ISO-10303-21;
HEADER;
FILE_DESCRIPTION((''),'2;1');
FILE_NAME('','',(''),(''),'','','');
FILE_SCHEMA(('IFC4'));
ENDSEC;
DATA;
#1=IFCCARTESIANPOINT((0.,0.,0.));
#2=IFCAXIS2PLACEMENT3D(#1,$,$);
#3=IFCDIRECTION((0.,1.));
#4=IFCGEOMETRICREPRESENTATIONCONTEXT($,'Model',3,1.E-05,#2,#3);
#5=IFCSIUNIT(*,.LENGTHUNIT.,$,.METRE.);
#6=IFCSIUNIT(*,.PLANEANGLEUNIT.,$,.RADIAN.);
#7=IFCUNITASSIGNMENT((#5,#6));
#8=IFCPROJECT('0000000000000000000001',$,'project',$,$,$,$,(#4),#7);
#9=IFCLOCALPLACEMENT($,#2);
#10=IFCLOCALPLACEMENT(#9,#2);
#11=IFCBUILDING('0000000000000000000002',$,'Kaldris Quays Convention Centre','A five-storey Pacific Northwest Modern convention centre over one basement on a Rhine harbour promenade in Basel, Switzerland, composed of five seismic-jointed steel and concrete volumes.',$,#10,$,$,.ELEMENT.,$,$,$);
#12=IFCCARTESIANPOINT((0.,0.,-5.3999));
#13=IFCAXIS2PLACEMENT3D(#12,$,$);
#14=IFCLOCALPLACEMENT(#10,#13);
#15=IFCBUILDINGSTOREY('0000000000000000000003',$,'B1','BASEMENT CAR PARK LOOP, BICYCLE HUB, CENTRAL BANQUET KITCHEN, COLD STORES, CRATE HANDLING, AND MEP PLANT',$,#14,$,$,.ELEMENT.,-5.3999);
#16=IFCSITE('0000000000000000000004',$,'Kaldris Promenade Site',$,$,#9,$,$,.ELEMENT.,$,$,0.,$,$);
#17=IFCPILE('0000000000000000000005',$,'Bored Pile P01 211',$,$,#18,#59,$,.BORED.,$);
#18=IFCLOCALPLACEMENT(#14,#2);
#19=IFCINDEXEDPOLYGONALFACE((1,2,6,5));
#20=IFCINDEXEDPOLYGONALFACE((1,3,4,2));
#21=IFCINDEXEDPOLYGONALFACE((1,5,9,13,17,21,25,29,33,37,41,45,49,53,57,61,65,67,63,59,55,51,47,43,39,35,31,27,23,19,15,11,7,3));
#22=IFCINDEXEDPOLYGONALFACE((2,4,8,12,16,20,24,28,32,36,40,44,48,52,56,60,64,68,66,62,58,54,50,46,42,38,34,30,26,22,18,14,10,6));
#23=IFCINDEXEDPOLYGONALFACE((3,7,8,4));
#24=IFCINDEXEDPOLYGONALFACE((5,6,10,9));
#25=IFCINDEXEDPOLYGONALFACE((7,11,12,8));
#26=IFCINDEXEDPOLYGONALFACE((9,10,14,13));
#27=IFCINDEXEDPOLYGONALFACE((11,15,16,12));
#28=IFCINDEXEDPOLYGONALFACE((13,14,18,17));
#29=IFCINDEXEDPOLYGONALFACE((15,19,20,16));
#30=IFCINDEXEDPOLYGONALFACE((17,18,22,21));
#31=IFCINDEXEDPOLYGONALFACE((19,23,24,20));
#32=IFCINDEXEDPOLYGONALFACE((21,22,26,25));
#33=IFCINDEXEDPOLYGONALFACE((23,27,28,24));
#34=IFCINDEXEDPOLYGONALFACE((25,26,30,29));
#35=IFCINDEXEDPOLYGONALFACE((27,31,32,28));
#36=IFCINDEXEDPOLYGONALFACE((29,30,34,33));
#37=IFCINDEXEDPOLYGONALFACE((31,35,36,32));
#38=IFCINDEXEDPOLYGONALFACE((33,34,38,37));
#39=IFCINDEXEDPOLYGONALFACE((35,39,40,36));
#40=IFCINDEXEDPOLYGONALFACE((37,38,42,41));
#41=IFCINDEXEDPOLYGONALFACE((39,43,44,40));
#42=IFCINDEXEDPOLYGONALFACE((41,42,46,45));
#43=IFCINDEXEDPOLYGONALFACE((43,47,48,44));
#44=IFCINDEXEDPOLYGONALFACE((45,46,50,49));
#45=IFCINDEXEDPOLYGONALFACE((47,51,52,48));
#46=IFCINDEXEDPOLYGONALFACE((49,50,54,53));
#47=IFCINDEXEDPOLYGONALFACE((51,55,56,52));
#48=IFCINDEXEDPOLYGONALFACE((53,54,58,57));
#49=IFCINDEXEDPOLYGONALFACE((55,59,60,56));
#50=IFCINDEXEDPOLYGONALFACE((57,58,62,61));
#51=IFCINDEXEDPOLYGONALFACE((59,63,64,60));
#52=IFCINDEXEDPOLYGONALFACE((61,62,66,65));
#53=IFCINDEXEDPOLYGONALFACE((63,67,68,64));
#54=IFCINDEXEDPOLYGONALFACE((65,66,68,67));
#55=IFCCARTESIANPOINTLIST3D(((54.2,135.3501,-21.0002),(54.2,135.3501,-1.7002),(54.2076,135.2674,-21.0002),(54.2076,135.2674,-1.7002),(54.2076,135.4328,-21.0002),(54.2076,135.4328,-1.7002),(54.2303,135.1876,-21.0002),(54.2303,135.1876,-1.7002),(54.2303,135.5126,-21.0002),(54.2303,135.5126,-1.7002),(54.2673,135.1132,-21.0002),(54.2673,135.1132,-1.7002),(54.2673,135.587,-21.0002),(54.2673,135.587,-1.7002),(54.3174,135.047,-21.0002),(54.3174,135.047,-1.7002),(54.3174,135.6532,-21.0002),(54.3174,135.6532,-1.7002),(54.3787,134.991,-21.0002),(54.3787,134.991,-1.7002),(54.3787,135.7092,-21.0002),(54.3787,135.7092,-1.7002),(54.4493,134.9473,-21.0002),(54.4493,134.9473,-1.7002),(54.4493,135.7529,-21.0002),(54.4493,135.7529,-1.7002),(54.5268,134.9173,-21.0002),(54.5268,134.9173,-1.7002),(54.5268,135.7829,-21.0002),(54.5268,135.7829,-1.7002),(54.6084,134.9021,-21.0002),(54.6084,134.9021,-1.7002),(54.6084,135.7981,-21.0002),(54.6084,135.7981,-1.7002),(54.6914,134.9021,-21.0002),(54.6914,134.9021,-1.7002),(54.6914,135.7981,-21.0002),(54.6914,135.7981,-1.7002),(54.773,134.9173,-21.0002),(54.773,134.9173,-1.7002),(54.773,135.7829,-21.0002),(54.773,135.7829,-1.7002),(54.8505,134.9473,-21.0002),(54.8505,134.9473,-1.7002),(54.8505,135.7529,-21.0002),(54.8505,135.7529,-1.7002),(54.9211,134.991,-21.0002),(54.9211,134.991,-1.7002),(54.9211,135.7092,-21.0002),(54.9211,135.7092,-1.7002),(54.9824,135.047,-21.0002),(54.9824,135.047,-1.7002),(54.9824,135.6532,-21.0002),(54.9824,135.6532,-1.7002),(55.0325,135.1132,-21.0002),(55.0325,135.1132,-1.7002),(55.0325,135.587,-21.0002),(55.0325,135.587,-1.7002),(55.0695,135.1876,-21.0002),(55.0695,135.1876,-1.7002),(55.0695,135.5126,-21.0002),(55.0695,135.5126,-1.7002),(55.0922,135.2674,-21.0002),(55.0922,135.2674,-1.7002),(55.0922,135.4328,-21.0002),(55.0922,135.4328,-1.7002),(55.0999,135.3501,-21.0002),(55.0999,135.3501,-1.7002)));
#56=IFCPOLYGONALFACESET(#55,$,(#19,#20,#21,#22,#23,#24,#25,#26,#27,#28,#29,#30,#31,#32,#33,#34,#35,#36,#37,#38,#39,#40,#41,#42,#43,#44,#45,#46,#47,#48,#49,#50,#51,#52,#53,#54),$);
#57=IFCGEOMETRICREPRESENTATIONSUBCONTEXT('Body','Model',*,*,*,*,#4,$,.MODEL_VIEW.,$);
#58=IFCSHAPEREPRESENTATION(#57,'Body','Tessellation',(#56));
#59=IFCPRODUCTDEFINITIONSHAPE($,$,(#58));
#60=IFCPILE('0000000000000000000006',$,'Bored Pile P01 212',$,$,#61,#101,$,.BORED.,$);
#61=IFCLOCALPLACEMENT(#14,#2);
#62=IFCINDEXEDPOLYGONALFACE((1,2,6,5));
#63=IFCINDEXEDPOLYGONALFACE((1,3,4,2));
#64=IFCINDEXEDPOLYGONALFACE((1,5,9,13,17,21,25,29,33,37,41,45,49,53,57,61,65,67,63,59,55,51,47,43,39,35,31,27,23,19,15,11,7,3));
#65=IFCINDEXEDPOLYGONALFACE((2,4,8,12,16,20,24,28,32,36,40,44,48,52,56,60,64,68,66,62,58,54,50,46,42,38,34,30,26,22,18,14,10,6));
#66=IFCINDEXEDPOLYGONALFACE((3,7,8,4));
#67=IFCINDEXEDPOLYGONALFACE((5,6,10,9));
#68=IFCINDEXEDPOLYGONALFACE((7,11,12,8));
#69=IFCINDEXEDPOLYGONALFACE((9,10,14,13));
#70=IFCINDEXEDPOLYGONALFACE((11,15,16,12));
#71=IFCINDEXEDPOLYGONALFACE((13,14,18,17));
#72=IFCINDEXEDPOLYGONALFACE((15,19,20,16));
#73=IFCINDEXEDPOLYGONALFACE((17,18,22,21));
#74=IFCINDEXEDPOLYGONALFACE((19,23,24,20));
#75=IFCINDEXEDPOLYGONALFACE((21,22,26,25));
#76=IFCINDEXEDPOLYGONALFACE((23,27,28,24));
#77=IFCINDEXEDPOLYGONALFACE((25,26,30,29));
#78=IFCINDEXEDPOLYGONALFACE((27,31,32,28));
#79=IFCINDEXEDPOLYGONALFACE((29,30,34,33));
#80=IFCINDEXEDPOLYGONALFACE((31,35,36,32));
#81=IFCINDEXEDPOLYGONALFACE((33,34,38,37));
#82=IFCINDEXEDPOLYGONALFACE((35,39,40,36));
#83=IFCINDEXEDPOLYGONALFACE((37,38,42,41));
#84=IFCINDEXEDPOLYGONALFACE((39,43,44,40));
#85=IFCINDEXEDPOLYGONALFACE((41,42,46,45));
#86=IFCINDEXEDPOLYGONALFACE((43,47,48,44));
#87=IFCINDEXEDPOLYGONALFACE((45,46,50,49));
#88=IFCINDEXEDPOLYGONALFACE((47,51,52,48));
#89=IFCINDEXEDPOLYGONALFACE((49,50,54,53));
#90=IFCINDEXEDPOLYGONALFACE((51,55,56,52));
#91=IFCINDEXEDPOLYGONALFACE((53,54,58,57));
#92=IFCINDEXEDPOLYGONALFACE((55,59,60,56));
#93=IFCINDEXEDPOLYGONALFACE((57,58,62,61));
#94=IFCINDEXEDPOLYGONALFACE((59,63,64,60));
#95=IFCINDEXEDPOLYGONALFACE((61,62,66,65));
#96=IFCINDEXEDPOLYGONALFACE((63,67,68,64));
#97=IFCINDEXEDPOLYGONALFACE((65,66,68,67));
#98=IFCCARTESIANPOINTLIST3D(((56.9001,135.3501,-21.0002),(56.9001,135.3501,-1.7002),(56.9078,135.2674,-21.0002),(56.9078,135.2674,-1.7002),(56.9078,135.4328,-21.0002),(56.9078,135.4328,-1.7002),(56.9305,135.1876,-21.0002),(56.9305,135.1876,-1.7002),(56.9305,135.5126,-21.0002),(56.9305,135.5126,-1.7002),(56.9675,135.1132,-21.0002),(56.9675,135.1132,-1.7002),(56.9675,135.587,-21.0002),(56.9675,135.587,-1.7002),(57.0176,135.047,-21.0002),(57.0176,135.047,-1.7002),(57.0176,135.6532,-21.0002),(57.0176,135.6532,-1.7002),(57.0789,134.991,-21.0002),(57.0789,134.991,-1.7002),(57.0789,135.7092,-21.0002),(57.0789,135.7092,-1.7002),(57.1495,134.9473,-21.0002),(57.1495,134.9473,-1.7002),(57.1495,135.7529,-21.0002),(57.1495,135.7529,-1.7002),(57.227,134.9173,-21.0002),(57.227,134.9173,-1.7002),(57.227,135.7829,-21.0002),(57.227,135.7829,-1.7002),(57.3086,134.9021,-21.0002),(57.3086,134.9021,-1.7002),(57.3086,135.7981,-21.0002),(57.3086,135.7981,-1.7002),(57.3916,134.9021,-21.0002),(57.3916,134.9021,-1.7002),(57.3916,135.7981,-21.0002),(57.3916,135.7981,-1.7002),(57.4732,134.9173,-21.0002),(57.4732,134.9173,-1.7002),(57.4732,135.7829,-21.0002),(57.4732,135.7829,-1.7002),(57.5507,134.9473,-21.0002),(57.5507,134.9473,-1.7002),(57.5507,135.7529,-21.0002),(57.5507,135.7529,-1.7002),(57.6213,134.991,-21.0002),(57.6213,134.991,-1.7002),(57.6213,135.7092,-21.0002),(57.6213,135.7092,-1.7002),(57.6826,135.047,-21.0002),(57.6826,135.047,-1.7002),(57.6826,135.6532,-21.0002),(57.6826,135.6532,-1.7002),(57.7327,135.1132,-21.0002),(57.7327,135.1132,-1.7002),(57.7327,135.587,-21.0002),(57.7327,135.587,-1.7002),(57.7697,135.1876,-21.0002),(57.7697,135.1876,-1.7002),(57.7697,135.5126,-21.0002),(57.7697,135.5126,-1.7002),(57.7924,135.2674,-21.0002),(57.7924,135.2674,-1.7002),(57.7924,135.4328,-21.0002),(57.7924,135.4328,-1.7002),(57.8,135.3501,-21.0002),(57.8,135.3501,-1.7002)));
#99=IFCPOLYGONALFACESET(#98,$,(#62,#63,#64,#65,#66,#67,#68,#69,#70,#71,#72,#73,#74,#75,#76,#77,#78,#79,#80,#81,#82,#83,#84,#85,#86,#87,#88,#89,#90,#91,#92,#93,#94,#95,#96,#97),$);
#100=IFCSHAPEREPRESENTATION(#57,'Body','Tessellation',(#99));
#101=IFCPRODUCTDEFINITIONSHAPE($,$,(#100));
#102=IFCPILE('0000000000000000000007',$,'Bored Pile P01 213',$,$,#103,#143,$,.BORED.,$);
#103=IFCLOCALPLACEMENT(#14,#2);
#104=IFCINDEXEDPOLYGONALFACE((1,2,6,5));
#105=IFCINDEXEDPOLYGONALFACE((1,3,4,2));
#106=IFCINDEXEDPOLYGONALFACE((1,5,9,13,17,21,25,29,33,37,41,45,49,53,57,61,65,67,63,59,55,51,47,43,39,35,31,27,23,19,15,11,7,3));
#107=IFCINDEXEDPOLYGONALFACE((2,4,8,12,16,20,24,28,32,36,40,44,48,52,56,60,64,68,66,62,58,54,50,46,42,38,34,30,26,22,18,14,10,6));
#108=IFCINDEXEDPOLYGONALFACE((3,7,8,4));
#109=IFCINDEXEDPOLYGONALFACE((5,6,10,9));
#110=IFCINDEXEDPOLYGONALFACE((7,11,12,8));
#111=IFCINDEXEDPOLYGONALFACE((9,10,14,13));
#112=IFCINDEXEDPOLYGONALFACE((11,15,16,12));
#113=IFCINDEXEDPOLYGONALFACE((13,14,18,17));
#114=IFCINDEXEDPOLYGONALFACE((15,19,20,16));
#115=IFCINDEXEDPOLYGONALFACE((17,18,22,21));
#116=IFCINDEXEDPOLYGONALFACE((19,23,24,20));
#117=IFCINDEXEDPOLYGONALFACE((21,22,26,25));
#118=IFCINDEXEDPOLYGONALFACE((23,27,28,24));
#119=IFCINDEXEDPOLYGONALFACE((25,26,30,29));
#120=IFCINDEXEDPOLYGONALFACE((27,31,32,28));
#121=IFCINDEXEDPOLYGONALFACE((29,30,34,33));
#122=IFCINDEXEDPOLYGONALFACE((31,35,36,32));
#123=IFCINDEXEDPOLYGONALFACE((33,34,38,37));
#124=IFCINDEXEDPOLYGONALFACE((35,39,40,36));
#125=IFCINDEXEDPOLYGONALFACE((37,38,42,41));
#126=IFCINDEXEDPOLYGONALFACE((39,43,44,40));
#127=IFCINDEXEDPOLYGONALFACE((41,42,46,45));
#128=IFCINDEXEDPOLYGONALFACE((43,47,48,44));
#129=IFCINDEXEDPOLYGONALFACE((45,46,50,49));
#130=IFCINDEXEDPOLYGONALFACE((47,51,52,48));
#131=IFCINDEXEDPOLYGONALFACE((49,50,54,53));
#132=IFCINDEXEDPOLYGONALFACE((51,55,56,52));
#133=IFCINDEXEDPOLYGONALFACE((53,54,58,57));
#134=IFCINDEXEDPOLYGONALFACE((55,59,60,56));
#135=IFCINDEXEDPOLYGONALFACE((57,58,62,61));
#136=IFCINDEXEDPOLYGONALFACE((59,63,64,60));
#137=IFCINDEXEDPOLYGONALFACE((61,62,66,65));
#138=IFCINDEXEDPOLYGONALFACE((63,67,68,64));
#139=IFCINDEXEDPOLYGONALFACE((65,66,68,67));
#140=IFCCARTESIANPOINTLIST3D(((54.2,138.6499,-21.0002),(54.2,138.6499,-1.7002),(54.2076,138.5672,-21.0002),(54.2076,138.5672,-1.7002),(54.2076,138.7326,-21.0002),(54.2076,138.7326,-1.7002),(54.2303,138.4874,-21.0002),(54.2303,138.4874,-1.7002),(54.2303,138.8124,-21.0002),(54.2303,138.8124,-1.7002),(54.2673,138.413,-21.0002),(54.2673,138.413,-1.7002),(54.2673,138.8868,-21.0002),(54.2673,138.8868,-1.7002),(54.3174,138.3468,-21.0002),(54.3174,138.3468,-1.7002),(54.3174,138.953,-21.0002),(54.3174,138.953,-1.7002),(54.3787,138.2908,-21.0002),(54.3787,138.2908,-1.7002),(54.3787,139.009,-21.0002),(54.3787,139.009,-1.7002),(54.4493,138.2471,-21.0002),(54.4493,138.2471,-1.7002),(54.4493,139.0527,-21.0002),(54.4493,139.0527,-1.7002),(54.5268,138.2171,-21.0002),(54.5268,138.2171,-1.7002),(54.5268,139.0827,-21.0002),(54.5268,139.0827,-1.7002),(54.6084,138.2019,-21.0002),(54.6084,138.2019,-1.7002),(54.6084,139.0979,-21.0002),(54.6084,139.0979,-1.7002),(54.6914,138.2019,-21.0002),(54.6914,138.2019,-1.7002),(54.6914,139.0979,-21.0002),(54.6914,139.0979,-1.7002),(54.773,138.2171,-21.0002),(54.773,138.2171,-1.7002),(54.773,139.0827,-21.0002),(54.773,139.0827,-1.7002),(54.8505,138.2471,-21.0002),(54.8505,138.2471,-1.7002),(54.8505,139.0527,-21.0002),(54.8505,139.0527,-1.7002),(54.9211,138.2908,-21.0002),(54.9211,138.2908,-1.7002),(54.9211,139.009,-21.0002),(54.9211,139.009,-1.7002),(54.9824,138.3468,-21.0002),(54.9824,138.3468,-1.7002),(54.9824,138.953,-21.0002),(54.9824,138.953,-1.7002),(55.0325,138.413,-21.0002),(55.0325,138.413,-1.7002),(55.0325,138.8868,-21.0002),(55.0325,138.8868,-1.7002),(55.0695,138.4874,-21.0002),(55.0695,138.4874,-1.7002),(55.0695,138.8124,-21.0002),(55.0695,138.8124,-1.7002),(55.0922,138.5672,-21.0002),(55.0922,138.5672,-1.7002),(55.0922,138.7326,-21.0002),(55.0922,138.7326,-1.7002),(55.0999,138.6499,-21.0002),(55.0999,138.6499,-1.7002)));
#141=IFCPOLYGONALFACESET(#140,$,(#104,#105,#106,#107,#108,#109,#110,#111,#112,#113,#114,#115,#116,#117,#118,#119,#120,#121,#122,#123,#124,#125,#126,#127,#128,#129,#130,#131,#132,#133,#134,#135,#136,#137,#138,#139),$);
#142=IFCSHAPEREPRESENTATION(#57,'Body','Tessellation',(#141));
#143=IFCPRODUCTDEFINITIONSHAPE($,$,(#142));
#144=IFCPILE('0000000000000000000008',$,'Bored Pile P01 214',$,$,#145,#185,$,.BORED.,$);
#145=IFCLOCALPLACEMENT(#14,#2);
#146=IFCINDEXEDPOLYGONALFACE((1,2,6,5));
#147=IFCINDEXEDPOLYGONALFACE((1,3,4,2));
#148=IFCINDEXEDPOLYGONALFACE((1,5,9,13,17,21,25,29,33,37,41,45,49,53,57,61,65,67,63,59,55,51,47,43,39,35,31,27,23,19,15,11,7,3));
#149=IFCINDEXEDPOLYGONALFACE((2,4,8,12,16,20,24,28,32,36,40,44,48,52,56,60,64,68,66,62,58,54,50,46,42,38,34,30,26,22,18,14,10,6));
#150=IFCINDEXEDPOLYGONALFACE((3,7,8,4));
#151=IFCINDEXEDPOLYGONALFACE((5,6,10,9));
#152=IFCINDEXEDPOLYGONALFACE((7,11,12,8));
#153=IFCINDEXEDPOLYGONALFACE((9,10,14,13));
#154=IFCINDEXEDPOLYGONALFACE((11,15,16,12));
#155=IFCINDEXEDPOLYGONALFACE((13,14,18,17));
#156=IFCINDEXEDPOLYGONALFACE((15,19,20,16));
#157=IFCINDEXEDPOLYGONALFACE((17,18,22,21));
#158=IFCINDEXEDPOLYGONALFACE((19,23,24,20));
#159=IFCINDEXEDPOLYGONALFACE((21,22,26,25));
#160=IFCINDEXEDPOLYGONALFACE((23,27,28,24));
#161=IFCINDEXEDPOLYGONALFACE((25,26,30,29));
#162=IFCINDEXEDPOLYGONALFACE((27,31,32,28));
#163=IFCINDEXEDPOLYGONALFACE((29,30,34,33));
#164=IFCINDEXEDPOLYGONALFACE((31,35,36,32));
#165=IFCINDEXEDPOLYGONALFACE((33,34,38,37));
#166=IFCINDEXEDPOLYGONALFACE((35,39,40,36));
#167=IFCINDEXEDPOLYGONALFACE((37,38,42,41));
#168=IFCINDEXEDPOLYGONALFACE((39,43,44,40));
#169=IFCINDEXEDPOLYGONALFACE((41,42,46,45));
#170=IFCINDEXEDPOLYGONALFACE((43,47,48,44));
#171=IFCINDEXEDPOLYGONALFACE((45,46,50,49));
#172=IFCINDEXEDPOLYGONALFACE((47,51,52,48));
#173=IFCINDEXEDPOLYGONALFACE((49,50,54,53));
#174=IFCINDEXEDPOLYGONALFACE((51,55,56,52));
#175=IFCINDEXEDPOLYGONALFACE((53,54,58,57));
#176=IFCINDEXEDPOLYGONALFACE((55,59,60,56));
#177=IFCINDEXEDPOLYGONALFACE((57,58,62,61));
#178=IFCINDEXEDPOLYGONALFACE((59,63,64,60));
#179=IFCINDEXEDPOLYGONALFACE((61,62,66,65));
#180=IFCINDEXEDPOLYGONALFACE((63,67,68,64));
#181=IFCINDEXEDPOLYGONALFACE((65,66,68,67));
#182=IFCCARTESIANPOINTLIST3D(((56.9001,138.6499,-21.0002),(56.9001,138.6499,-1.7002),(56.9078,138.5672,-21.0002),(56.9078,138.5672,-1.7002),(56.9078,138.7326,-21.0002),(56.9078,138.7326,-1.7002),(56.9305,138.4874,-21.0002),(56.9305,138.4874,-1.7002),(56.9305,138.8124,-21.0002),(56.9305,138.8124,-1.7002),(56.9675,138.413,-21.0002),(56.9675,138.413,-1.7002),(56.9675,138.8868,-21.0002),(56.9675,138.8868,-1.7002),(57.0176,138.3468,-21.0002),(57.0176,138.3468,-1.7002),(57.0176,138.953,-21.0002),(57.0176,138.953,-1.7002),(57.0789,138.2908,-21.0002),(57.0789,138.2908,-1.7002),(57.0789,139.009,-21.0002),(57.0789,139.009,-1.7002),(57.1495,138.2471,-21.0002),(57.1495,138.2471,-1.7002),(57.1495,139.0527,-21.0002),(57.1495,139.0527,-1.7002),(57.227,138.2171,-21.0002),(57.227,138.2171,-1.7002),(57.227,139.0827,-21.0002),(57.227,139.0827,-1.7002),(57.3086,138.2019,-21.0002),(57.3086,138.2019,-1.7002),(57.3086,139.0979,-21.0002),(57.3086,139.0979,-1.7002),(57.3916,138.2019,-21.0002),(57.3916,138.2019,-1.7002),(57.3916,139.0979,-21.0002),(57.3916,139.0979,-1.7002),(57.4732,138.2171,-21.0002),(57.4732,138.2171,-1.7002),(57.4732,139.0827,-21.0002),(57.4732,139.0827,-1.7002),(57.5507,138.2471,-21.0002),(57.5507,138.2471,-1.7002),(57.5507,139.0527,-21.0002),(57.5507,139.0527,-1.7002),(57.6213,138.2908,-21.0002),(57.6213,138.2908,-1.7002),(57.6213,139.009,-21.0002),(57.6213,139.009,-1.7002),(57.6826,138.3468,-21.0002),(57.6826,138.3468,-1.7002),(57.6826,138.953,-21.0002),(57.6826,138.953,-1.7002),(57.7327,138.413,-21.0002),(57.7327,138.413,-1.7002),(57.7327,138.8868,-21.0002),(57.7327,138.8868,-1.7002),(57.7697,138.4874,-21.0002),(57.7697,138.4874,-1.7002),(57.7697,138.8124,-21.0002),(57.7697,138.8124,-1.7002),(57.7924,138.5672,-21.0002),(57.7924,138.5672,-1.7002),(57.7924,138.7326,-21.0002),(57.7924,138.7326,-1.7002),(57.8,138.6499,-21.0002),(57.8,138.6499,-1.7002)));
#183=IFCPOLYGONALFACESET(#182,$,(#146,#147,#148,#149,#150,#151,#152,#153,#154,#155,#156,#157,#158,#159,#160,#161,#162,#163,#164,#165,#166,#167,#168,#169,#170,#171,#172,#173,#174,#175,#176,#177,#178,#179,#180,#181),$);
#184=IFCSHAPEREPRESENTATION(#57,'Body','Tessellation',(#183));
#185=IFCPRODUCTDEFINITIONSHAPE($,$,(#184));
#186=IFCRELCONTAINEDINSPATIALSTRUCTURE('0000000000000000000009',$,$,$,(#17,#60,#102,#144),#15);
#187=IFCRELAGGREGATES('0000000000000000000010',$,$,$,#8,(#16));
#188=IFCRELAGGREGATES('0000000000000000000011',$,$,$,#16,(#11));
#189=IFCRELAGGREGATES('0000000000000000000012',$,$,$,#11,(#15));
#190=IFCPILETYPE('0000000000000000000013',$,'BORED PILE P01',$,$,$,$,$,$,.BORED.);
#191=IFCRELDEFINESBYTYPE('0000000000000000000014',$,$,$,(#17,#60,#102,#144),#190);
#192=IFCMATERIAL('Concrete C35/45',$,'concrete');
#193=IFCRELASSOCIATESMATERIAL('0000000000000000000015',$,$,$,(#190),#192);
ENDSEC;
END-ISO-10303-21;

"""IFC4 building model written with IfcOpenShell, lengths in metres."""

from ifc_helpers import new_model, si_unit, direction, frame, origin, origin_2d, place, context, subcontext, project, spatial, circle, extrude, material, material_profile, profile_set, type_object, element, save


model = new_model("IFC4")

# Units and contexts
model_context = context("Model", 3, precision=1e-05, world=origin(), true_north=direction((0.0, 1.0)))
body_context = subcontext(model_context, "Body", "Model", "MODEL_VIEW")
ifc_project = project(units=[si_unit("LENGTHUNIT", "METRE"), si_unit("PLANEANGLEUNIT", "RADIAN")], contexts=[model_context])

# Site, building, storey
site_placement = place(None, origin())
site = spatial("IfcSite", under=ifc_project, at=site_placement, Name="Kaldris Promenade Site", CompositionType="ELEMENT", RefElevation=0.0)
building_placement = place(site_placement, origin())
building = spatial("IfcBuilding", under=site, at=building_placement, Name="Kaldris Quays Convention Centre", Description="A five-storey Pacific Northwest Modern convention centre over one basement on a Rhine harbour promenade in Basel, Switzerland, composed of five seismic-jointed steel and concrete volumes.", CompositionType="ELEMENT")
storey_placement = place(building_placement, frame((0.0, 0.0, -5.3999)))
storey = spatial("IfcBuildingStorey", under=building, at=storey_placement, Name="B1", Description="BASEMENT CAR PARK LOOP, BICYCLE HUB, CENTRAL BANQUET KITCHEN, COLD STORES, CRATE HANDLING, AND MEP PLANT", CompositionType="ELEMENT", Elevation=-5.3999)

# Piles
ifc_material_1 = material(Name="Concrete C35/45", Category="concrete")
ifc_material_profile_1 = material_profile(ifc_material_1, circle(Radius=0.45, at=origin_2d()), Name="BORED PILE D900")
ifc_profile_set_1 = profile_set([ifc_material_profile_1], Name="Concrete C35/45")
pile_type = type_object("IfcPileType", Name="BORED PILE P01", PredefinedType="BORED", material=ifc_profile_set_1)
for number, where, z_axis, x_axis, name in (
    (1, (54.6499, 135.3501, -1.7002), (0.0, 0.0, -1.0), (1.0, 0.0, 0.0), "Bored Pile P01 211"),
    (2, (57.3501, 135.3501, -1.7002), (0.0, 0.0, -1.0), (1.0, 0.0, 0.0), "Bored Pile P01 212"),
    (3, (54.6499, 138.6499, -1.7002), (0.0, 0.0, -1.0), (1.0, 0.0, 0.0), "Bored Pile P01 213"),
    (4, (57.3501, 138.6499, -1.7002), (0.0, 0.0, -1.0), (1.0, 0.0, 0.0), "Bored Pile P01 214"),
):
    element("IfcPile", number, at=place(storey_placement, frame(where, z_axis=z_axis, x_axis=x_axis)), inside=storey, type_object=pile_type, Name=name, PredefinedType="BORED", context=body_context, shape_type="SweptSolid", body=[
        extrude(circle(Radius=0.45, at=origin_2d()), origin(), (0.0, 0.0, 1.0), 19.3),
    ])

save(model, "model.ifc")
